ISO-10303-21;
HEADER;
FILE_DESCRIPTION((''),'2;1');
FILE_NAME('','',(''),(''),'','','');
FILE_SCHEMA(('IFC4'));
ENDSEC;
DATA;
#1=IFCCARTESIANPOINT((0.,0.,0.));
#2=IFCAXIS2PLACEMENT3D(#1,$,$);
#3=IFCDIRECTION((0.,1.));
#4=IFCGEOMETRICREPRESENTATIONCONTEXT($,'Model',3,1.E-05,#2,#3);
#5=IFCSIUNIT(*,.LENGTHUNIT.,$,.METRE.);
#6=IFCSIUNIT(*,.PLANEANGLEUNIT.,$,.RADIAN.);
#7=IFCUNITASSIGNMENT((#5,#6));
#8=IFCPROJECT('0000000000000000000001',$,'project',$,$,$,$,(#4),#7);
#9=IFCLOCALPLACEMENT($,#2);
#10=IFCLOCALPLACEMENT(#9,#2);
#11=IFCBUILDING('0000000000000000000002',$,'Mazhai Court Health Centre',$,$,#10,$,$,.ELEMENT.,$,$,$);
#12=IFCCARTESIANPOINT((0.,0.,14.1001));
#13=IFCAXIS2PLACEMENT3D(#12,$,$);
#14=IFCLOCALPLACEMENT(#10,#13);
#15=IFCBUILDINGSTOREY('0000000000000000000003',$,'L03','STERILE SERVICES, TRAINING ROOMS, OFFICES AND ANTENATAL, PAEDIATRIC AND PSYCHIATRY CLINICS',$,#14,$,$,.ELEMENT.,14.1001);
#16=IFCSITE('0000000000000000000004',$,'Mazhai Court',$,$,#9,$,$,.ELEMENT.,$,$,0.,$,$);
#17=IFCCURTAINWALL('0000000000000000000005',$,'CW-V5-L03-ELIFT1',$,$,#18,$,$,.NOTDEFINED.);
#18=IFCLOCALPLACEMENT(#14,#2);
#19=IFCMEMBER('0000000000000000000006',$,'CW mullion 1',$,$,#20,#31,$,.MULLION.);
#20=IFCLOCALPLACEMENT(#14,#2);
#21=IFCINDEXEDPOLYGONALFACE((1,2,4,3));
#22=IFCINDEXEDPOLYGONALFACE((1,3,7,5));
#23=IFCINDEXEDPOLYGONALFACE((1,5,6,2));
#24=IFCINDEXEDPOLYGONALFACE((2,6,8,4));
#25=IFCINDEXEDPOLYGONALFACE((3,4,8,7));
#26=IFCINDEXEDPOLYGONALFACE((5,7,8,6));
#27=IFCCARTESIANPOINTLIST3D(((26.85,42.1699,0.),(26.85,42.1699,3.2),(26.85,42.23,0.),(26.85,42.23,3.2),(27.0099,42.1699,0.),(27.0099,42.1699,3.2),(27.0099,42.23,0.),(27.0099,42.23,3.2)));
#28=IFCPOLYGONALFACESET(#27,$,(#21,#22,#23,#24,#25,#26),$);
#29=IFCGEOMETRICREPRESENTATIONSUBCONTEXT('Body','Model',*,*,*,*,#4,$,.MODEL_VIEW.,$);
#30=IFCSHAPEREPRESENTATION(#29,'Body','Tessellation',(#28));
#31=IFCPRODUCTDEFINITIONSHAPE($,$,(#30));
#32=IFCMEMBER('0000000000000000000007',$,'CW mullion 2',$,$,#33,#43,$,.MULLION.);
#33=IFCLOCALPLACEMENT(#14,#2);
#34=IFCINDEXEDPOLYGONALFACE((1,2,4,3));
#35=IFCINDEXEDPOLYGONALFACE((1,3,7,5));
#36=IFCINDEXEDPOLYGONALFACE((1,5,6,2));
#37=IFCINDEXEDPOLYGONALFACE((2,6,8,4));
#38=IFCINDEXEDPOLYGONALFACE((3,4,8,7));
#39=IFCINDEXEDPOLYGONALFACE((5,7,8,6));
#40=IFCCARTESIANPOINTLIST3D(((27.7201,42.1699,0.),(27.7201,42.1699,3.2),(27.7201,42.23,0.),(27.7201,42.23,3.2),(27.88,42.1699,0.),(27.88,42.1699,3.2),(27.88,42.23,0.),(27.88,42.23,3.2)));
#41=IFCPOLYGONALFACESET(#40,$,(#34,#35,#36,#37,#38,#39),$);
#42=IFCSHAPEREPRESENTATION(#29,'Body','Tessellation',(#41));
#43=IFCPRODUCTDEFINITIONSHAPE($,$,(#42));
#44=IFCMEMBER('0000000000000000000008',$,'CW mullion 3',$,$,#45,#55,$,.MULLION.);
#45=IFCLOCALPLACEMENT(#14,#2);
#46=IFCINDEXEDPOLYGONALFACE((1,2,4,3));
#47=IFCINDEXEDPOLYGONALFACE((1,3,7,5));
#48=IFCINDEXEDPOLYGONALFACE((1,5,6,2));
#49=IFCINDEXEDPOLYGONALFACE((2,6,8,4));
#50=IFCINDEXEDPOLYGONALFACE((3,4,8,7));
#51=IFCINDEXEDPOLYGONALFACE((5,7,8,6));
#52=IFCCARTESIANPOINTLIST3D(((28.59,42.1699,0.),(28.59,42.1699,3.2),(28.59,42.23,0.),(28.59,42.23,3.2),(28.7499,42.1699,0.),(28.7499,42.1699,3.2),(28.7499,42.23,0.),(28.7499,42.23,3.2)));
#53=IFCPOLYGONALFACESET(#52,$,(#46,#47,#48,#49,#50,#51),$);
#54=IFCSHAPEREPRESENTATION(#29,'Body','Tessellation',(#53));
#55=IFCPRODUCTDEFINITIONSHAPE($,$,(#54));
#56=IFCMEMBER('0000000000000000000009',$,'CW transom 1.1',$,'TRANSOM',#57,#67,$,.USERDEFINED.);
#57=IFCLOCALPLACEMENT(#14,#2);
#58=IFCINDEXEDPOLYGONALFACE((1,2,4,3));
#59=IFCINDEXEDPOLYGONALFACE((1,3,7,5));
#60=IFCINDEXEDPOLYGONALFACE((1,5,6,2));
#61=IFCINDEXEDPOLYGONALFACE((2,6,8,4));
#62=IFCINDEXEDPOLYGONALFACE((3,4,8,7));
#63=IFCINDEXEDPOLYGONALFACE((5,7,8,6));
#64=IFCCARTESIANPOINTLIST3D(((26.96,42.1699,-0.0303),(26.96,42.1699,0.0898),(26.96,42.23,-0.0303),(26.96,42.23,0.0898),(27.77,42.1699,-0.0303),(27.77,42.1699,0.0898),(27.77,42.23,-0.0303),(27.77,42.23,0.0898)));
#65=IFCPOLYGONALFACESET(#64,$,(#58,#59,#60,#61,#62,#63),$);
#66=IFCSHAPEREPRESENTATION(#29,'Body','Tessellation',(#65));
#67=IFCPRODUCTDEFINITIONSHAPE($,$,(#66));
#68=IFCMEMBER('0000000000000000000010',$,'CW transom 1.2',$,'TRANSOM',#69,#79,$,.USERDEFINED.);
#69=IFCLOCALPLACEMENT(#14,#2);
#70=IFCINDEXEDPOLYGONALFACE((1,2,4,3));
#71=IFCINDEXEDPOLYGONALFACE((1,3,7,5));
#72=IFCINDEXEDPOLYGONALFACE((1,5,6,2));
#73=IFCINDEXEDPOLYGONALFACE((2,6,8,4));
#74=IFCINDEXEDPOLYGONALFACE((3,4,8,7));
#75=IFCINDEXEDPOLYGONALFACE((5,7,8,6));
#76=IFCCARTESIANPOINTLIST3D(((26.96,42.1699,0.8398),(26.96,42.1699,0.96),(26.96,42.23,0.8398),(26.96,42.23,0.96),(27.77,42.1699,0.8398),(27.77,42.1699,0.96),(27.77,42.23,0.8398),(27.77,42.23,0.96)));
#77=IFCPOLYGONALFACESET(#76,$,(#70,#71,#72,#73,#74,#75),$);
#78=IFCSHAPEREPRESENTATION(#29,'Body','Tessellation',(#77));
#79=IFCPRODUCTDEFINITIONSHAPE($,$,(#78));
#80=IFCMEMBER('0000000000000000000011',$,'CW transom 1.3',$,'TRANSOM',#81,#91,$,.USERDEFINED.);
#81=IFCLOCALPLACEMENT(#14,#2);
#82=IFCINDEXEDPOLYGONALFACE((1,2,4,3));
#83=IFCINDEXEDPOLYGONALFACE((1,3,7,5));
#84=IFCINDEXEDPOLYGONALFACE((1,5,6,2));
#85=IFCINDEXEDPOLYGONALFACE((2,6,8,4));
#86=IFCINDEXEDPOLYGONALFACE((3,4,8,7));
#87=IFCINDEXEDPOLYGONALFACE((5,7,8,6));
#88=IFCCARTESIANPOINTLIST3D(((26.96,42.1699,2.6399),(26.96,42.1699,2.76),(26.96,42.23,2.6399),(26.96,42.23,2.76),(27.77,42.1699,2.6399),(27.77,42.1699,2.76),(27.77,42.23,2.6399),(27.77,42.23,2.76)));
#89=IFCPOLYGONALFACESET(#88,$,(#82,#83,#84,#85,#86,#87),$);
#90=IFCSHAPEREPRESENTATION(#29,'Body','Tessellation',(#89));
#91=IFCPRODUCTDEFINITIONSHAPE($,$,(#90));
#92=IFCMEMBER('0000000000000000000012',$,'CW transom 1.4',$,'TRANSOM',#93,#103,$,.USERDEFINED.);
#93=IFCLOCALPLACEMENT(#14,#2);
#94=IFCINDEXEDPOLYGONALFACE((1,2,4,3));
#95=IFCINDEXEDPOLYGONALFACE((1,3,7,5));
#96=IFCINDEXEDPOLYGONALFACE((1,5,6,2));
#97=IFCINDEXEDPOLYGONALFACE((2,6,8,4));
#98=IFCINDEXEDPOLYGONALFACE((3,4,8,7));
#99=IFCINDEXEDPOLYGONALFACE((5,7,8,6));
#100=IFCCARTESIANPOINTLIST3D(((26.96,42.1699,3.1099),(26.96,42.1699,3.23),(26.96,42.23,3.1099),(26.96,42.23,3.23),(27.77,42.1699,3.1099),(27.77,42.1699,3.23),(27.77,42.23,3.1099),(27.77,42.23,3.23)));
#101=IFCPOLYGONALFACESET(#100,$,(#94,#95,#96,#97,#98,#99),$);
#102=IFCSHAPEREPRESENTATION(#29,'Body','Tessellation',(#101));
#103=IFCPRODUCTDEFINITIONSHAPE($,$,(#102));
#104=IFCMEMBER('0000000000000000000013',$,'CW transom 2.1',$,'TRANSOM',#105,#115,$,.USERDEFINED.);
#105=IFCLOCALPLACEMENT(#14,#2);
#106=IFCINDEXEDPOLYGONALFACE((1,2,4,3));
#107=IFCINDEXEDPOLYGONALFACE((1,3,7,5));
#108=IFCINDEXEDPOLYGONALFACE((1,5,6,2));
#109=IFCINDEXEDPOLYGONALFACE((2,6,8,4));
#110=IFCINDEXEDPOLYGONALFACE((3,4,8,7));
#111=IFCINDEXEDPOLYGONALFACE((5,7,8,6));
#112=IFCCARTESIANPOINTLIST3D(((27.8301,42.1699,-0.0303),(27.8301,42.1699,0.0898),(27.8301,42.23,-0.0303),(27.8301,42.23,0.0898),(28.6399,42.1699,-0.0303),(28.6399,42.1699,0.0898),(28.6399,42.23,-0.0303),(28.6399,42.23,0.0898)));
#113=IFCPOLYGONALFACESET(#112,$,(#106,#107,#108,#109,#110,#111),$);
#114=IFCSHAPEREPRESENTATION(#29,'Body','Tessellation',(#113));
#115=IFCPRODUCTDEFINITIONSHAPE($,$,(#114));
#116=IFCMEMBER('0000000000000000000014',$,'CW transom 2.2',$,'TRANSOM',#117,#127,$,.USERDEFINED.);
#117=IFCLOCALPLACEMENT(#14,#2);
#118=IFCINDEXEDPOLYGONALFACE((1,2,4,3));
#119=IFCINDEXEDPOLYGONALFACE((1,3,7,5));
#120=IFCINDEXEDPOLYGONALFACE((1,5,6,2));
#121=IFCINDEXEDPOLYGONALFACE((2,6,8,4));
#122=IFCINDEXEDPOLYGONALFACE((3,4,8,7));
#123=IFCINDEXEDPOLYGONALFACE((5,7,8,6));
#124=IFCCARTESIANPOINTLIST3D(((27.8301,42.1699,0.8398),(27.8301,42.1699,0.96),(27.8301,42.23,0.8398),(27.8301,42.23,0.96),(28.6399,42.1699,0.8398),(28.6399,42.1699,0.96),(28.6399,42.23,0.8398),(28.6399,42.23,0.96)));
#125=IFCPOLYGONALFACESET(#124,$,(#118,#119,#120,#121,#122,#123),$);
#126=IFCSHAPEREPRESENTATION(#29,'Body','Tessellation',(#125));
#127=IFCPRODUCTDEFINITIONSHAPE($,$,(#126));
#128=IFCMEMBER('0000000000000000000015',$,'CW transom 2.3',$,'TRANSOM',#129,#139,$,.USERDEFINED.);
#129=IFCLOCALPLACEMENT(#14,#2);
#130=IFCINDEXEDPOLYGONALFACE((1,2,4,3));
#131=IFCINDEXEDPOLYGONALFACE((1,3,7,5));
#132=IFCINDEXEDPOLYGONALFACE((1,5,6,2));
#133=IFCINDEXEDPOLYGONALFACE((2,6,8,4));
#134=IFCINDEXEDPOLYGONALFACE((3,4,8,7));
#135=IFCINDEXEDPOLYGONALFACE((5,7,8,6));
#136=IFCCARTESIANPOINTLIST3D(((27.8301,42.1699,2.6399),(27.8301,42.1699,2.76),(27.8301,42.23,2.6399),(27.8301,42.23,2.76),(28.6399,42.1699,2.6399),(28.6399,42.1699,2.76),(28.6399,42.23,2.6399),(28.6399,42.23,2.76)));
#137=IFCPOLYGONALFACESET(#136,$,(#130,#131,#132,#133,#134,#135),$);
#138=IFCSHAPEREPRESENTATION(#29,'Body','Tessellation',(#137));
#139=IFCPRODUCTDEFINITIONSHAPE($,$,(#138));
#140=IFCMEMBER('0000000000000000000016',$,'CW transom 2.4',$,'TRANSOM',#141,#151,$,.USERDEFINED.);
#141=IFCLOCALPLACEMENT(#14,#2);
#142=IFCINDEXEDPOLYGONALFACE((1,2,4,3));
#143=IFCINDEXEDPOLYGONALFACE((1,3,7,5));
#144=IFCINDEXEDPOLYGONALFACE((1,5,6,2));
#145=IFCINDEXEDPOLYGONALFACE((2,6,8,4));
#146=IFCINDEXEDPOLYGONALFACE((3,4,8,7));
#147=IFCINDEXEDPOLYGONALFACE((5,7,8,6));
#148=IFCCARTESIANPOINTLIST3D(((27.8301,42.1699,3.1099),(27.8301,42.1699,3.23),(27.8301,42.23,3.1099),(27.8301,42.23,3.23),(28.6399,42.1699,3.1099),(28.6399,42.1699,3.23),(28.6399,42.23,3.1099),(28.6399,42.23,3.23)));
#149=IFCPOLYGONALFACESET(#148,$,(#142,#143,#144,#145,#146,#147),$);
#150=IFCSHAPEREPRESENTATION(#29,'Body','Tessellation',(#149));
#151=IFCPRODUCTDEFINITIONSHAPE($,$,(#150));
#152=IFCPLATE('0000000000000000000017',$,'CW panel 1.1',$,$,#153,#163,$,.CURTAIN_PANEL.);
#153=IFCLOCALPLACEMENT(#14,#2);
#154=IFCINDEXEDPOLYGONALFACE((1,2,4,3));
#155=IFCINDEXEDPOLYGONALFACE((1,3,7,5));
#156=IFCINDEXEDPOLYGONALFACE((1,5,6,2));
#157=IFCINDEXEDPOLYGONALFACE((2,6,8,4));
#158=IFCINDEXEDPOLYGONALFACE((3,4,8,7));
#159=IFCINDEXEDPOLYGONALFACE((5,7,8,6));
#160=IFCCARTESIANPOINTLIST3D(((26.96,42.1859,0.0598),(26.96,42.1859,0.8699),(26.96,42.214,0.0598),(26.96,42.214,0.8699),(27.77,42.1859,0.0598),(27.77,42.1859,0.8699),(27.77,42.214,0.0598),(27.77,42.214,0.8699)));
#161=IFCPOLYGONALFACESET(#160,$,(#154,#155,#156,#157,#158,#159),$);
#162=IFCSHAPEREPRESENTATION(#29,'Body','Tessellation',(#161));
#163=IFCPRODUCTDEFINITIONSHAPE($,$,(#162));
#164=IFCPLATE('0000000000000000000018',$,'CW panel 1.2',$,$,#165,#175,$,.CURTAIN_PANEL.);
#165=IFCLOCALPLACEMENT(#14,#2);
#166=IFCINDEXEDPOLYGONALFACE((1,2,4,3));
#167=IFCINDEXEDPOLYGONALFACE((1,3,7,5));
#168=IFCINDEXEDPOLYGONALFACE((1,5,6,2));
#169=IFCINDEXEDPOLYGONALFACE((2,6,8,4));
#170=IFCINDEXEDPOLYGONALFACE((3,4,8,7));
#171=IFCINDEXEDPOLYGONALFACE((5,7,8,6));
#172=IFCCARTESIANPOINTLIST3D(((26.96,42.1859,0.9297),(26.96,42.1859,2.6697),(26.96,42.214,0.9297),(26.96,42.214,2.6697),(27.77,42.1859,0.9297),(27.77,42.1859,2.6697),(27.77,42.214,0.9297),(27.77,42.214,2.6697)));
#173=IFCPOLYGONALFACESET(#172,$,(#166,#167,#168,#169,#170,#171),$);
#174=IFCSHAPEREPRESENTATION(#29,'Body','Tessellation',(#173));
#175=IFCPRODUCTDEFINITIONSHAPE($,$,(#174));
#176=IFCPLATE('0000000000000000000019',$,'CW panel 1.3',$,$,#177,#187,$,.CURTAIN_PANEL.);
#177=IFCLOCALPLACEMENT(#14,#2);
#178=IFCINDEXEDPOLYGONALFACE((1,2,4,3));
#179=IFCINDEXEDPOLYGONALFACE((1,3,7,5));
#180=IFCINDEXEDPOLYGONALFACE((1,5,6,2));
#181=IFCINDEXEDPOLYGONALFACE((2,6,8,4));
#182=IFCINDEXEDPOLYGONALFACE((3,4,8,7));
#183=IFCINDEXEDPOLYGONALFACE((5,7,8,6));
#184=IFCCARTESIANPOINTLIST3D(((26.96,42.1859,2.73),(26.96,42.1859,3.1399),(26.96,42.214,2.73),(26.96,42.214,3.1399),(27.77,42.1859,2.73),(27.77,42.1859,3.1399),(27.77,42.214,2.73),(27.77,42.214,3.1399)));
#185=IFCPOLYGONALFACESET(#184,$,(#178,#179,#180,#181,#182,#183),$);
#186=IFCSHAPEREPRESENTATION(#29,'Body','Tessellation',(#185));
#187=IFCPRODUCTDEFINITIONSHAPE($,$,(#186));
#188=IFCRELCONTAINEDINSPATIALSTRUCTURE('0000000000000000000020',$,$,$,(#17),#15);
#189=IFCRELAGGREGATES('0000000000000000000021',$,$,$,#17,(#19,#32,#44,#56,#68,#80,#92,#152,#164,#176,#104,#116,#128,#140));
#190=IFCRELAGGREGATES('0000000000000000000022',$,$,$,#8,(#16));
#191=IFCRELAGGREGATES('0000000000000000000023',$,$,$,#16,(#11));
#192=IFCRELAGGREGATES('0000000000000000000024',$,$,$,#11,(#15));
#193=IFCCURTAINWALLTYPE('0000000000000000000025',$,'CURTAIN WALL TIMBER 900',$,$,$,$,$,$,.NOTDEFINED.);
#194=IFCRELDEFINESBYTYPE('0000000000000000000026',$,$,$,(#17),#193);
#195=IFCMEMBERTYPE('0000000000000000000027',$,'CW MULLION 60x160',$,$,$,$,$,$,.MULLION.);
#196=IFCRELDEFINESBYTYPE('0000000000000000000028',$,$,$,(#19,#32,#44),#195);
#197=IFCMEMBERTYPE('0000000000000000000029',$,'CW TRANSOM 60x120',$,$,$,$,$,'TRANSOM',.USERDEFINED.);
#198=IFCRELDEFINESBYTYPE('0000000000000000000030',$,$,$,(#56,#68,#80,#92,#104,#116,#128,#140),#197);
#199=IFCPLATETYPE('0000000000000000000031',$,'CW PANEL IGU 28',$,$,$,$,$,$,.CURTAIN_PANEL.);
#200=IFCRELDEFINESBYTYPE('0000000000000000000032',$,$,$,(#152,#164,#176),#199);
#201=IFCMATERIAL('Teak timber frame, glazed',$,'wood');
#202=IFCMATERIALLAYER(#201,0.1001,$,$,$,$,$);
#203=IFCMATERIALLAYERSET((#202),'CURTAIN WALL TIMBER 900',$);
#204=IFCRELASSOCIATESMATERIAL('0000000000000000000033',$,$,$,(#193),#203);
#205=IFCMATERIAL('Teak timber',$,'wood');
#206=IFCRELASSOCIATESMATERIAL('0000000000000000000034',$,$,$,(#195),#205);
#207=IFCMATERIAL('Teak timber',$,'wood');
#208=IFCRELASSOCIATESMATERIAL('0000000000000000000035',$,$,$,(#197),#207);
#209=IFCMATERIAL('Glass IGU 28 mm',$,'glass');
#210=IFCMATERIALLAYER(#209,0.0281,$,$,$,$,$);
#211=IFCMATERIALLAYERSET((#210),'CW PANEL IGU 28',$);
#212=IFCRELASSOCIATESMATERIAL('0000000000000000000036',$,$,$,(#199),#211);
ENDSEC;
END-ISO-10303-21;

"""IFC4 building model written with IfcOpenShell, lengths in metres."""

from ifc_helpers import new_model, si_unit, direction, frame, origin, origin_2d, place, context, subcontext, project, spatial, rectangle, extrude, material, layer, layer_set, material_profile, profile_set, type_object, element, aggregate, save


model = new_model("IFC4")

# Units and contexts
model_context = context("Model", 3, precision=1e-05, world=origin(), true_north=direction((0.0, 1.0)))
body_context = subcontext(model_context, "Body", "Model", "MODEL_VIEW")
ifc_project = project(units=[si_unit("LENGTHUNIT", "METRE"), si_unit("PLANEANGLEUNIT", "RADIAN")], contexts=[model_context])

# Site, building, storey
site_placement = place(None, origin())
site = spatial("IfcSite", under=ifc_project, at=site_placement, Name="Mazhai Court", CompositionType="ELEMENT", RefElevation=0.0)
building_placement = place(site_placement, origin())
building = spatial("IfcBuilding", under=site, at=building_placement, Name="Mazhai Court Health Centre", CompositionType="ELEMENT")
storey_placement = place(building_placement, frame((0.0, 0.0, 14.1001)))
storey = spatial("IfcBuildingStorey", under=building, at=storey_placement, Name="L03", Description="STERILE SERVICES, TRAINING ROOMS, OFFICES AND ANTENATAL, PAEDIATRIC AND PSYCHIATRY CLINICS", CompositionType="ELEMENT", Elevation=14.1001)

# Curtain wall, members, plates
ifc_material_1 = material(Name="Teak timber frame, glazed", Category="wood")
ifc_layer_1 = layer(ifc_material_1, 0.1001)
ifc_layer_set_1 = layer_set([ifc_layer_1], Name="CURTAIN WALL TIMBER 900")
curtain_wall_type = type_object("IfcCurtainWallType", Name="CURTAIN WALL TIMBER 900", PredefinedType="NOTDEFINED", material=ifc_layer_set_1)
curtain_wall_placement = place(storey_placement, origin())
curtain_wall = element("IfcCurtainWall", 1, at=curtain_wall_placement, inside=storey, type_object=curtain_wall_type, Name="CW-V5-L03-ELIFT1", PredefinedType="NOTDEFINED")
ifc_material_2 = material(Name="Teak timber", Category="wood")
ifc_material_profile_1 = material_profile(ifc_material_2, rectangle(XDim=0.0601, YDim=0.1599, at=origin_2d()), Name="CW MULLION 60x160")
ifc_profile_set_1 = profile_set([ifc_material_profile_1], Name="Teak timber")
member_type_1 = type_object("IfcMemberType", Name="CW MULLION 60x160", PredefinedType="MULLION", material=ifc_profile_set_1)
member_1_placement = place(storey_placement, frame((26.9299, 42.2, 0.0), z_axis=(0.0, 0.0, 1.0), x_axis=(0.0, 1.0, 0.0)))
member_1 = element("IfcMember", 2, at=member_1_placement, type_object=member_type_1, Name="CW mullion 1", PredefinedType="MULLION", context=body_context, shape_type="SweptSolid", body=[
    extrude(rectangle(XDim=0.0601, YDim=0.1599, at=origin_2d()), origin(), (0.0, 0.0, 1.0), 3.2),
])
member_2_placement = place(storey_placement, frame((27.8, 42.2, 0.0), z_axis=(0.0, 0.0, 1.0), x_axis=(0.0, 1.0, 0.0)))
member_2 = element("IfcMember", 3, at=member_2_placement, type_object=member_type_1, Name="CW mullion 2", PredefinedType="MULLION", context=body_context, shape_type="SweptSolid", body=[
    extrude(rectangle(XDim=0.0601, YDim=0.1599, at=origin_2d()), origin(), (0.0, 0.0, 1.0), 3.2),
])
member_3_placement = place(storey_placement, frame((28.6699, 42.2, 0.0), z_axis=(0.0, 0.0, 1.0), x_axis=(0.0, 1.0, 0.0)))
member_3 = element("IfcMember", 4, at=member_3_placement, type_object=member_type_1, Name="CW mullion 3", PredefinedType="MULLION", context=body_context, shape_type="SweptSolid", body=[
    extrude(rectangle(XDim=0.0601, YDim=0.1599, at=origin_2d()), origin(), (0.0, 0.0, 1.0), 3.2),
])
ifc_material_3 = material(Name="Teak timber", Category="wood")
ifc_material_profile_2 = material_profile(ifc_material_3, rectangle(XDim=0.0601, YDim=0.1201, at=origin_2d()), Name="CW TRANSOM 60x120")
ifc_profile_set_2 = profile_set([ifc_material_profile_2], Name="Teak timber")
member_type_2 = type_object("IfcMemberType", Name="CW TRANSOM 60x120", ElementType="TRANSOM", PredefinedType="USERDEFINED", material=ifc_profile_set_2)
member_4_placement = place(storey_placement, frame((26.96, 42.2, 0.0298), z_axis=(1.0, 0.0, 0.0), x_axis=(0.0, 1.0, 0.0)))
member_4 = element("IfcMember", 5, at=member_4_placement, type_object=member_type_2, Name="CW transom 1.1", ObjectType="TRANSOM", PredefinedType="USERDEFINED", context=body_context, shape_type="SweptSolid", body=[
    extrude(rectangle(XDim=0.0601, YDim=0.1201, at=origin_2d()), origin(), (0.0, 0.0, 1.0), 0.8101),
])
member_5_placement = place(storey_placement, frame((26.96, 42.2, 0.8999), z_axis=(1.0, 0.0, 0.0), x_axis=(0.0, 1.0, 0.0)))
member_5 = element("IfcMember", 6, at=member_5_placement, type_object=member_type_2, Name="CW transom 1.2", ObjectType="TRANSOM", PredefinedType="USERDEFINED", context=body_context, shape_type="SweptSolid", body=[
    extrude(rectangle(XDim=0.0601, YDim=0.1201, at=origin_2d()), origin(), (0.0, 0.0, 1.0), 0.8101),
])
member_6_placement = place(storey_placement, frame((26.96, 42.2, 2.7), z_axis=(1.0, 0.0, 0.0), x_axis=(0.0, 1.0, 0.0)))
member_6 = element("IfcMember", 7, at=member_6_placement, type_object=member_type_2, Name="CW transom 1.3", ObjectType="TRANSOM", PredefinedType="USERDEFINED", context=body_context, shape_type="SweptSolid", body=[
    extrude(rectangle(XDim=0.0601, YDim=0.1201, at=origin_2d()), origin(), (0.0, 0.0, 1.0), 0.8101),
])
member_7_placement = place(storey_placement, frame((26.96, 42.2, 3.1699), z_axis=(1.0, 0.0, 0.0), x_axis=(0.0, 1.0, 0.0)))
member_7 = element("IfcMember", 8, at=member_7_placement, type_object=member_type_2, Name="CW transom 1.4", ObjectType="TRANSOM", PredefinedType="USERDEFINED", context=body_context, shape_type="SweptSolid", body=[
    extrude(rectangle(XDim=0.0601, YDim=0.1201, at=origin_2d()), origin(), (0.0, 0.0, 1.0), 0.8101),
])
member_8_placement = place(storey_placement, frame((27.8301, 42.2, 0.0298), z_axis=(1.0, 0.0, 0.0), x_axis=(0.0, 1.0, 0.0)))
member_8 = element("IfcMember", 9, at=member_8_placement, type_object=member_type_2, Name="CW transom 2.1", ObjectType="TRANSOM", PredefinedType="USERDEFINED", context=body_context, shape_type="SweptSolid", body=[
    extrude(rectangle(XDim=0.0601, YDim=0.1201, at=origin_2d()), origin(), (0.0, 0.0, 1.0), 0.8098),
])
member_9_placement = place(storey_placement, frame((27.8301, 42.2, 0.8999), z_axis=(1.0, 0.0, 0.0), x_axis=(0.0, 1.0, 0.0)))
member_9 = element("IfcMember", 10, at=member_9_placement, type_object=member_type_2, Name="CW transom 2.2", ObjectType="TRANSOM", PredefinedType="USERDEFINED", context=body_context, shape_type="SweptSolid", body=[
    extrude(rectangle(XDim=0.0601, YDim=0.1201, at=origin_2d()), origin(), (0.0, 0.0, 1.0), 0.8098),
])
member_10_placement = place(storey_placement, frame((27.8301, 42.2, 2.7), z_axis=(1.0, 0.0, 0.0), x_axis=(0.0, 1.0, 0.0)))
member_10 = element("IfcMember", 11, at=member_10_placement, type_object=member_type_2, Name="CW transom 2.3", ObjectType="TRANSOM", PredefinedType="USERDEFINED", context=body_context, shape_type="SweptSolid", body=[
    extrude(rectangle(XDim=0.0601, YDim=0.1201, at=origin_2d()), origin(), (0.0, 0.0, 1.0), 0.8098),
])
member_11_placement = place(storey_placement, frame((27.8301, 42.2, 3.1699), z_axis=(1.0, 0.0, 0.0), x_axis=(0.0, 1.0, 0.0)))
member_11 = element("IfcMember", 12, at=member_11_placement, type_object=member_type_2, Name="CW transom 2.4", ObjectType="TRANSOM", PredefinedType="USERDEFINED", context=body_context, shape_type="SweptSolid", body=[
    extrude(rectangle(XDim=0.0601, YDim=0.1201, at=origin_2d()), origin(), (0.0, 0.0, 1.0), 0.8098),
])
ifc_material_4 = material(Name="Glass IGU 28 mm", Category="glass")
ifc_layer_2 = layer(ifc_material_4, 0.0281)
ifc_layer_set_2 = layer_set([ifc_layer_2], Name="CW PANEL IGU 28")
plate_type = type_object("IfcPlateType", Name="CW PANEL IGU 28", PredefinedType="CURTAIN_PANEL", material=ifc_layer_set_2)
plate_1_placement = place(storey_placement, frame((27.365, 42.2, 0.0598), z_axis=(0.0, 0.0, 1.0), x_axis=(1.0, 0.0, 0.0)))
plate_1 = element("IfcPlate", 13, at=plate_1_placement, type_object=plate_type, Name="CW panel 1.1", PredefinedType="CURTAIN_PANEL", context=body_context, shape_type="SweptSolid", body=[
    extrude(rectangle(XDim=0.8101, YDim=0.0281, at=origin_2d()), origin(), (0.0, 0.0, 1.0), 0.8101),
])
plate_2_placement = place(storey_placement, frame((27.365, 42.2, 0.9297), z_axis=(0.0, 0.0, 1.0), x_axis=(1.0, 0.0, 0.0)))
plate_2 = element("IfcPlate", 14, at=plate_2_placement, type_object=plate_type, Name="CW panel 1.2", PredefinedType="CURTAIN_PANEL", context=body_context, shape_type="SweptSolid", body=[
    extrude(rectangle(XDim=0.8101, YDim=0.0281, at=origin_2d()), origin(), (0.0, 0.0, 1.0), 1.74),
])
plate_3_placement = place(storey_placement, frame((27.365, 42.2, 2.73), z_axis=(0.0, 0.0, 1.0), x_axis=(1.0, 0.0, 0.0)))
plate_3 = element("IfcPlate", 15, at=plate_3_placement, type_object=plate_type, Name="CW panel 1.3", PredefinedType="CURTAIN_PANEL", context=body_context, shape_type="SweptSolid", body=[
    extrude(rectangle(XDim=0.8101, YDim=0.0281, at=origin_2d()), origin(), (0.0, 0.0, 1.0), 0.4099),
])
aggregate(curtain_wall, [member_1, member_2, member_3, member_4, member_5, member_6, member_7, plate_1, plate_2, plate_3, member_8, member_9, member_10, member_11])

save(model, "model.ifc")
